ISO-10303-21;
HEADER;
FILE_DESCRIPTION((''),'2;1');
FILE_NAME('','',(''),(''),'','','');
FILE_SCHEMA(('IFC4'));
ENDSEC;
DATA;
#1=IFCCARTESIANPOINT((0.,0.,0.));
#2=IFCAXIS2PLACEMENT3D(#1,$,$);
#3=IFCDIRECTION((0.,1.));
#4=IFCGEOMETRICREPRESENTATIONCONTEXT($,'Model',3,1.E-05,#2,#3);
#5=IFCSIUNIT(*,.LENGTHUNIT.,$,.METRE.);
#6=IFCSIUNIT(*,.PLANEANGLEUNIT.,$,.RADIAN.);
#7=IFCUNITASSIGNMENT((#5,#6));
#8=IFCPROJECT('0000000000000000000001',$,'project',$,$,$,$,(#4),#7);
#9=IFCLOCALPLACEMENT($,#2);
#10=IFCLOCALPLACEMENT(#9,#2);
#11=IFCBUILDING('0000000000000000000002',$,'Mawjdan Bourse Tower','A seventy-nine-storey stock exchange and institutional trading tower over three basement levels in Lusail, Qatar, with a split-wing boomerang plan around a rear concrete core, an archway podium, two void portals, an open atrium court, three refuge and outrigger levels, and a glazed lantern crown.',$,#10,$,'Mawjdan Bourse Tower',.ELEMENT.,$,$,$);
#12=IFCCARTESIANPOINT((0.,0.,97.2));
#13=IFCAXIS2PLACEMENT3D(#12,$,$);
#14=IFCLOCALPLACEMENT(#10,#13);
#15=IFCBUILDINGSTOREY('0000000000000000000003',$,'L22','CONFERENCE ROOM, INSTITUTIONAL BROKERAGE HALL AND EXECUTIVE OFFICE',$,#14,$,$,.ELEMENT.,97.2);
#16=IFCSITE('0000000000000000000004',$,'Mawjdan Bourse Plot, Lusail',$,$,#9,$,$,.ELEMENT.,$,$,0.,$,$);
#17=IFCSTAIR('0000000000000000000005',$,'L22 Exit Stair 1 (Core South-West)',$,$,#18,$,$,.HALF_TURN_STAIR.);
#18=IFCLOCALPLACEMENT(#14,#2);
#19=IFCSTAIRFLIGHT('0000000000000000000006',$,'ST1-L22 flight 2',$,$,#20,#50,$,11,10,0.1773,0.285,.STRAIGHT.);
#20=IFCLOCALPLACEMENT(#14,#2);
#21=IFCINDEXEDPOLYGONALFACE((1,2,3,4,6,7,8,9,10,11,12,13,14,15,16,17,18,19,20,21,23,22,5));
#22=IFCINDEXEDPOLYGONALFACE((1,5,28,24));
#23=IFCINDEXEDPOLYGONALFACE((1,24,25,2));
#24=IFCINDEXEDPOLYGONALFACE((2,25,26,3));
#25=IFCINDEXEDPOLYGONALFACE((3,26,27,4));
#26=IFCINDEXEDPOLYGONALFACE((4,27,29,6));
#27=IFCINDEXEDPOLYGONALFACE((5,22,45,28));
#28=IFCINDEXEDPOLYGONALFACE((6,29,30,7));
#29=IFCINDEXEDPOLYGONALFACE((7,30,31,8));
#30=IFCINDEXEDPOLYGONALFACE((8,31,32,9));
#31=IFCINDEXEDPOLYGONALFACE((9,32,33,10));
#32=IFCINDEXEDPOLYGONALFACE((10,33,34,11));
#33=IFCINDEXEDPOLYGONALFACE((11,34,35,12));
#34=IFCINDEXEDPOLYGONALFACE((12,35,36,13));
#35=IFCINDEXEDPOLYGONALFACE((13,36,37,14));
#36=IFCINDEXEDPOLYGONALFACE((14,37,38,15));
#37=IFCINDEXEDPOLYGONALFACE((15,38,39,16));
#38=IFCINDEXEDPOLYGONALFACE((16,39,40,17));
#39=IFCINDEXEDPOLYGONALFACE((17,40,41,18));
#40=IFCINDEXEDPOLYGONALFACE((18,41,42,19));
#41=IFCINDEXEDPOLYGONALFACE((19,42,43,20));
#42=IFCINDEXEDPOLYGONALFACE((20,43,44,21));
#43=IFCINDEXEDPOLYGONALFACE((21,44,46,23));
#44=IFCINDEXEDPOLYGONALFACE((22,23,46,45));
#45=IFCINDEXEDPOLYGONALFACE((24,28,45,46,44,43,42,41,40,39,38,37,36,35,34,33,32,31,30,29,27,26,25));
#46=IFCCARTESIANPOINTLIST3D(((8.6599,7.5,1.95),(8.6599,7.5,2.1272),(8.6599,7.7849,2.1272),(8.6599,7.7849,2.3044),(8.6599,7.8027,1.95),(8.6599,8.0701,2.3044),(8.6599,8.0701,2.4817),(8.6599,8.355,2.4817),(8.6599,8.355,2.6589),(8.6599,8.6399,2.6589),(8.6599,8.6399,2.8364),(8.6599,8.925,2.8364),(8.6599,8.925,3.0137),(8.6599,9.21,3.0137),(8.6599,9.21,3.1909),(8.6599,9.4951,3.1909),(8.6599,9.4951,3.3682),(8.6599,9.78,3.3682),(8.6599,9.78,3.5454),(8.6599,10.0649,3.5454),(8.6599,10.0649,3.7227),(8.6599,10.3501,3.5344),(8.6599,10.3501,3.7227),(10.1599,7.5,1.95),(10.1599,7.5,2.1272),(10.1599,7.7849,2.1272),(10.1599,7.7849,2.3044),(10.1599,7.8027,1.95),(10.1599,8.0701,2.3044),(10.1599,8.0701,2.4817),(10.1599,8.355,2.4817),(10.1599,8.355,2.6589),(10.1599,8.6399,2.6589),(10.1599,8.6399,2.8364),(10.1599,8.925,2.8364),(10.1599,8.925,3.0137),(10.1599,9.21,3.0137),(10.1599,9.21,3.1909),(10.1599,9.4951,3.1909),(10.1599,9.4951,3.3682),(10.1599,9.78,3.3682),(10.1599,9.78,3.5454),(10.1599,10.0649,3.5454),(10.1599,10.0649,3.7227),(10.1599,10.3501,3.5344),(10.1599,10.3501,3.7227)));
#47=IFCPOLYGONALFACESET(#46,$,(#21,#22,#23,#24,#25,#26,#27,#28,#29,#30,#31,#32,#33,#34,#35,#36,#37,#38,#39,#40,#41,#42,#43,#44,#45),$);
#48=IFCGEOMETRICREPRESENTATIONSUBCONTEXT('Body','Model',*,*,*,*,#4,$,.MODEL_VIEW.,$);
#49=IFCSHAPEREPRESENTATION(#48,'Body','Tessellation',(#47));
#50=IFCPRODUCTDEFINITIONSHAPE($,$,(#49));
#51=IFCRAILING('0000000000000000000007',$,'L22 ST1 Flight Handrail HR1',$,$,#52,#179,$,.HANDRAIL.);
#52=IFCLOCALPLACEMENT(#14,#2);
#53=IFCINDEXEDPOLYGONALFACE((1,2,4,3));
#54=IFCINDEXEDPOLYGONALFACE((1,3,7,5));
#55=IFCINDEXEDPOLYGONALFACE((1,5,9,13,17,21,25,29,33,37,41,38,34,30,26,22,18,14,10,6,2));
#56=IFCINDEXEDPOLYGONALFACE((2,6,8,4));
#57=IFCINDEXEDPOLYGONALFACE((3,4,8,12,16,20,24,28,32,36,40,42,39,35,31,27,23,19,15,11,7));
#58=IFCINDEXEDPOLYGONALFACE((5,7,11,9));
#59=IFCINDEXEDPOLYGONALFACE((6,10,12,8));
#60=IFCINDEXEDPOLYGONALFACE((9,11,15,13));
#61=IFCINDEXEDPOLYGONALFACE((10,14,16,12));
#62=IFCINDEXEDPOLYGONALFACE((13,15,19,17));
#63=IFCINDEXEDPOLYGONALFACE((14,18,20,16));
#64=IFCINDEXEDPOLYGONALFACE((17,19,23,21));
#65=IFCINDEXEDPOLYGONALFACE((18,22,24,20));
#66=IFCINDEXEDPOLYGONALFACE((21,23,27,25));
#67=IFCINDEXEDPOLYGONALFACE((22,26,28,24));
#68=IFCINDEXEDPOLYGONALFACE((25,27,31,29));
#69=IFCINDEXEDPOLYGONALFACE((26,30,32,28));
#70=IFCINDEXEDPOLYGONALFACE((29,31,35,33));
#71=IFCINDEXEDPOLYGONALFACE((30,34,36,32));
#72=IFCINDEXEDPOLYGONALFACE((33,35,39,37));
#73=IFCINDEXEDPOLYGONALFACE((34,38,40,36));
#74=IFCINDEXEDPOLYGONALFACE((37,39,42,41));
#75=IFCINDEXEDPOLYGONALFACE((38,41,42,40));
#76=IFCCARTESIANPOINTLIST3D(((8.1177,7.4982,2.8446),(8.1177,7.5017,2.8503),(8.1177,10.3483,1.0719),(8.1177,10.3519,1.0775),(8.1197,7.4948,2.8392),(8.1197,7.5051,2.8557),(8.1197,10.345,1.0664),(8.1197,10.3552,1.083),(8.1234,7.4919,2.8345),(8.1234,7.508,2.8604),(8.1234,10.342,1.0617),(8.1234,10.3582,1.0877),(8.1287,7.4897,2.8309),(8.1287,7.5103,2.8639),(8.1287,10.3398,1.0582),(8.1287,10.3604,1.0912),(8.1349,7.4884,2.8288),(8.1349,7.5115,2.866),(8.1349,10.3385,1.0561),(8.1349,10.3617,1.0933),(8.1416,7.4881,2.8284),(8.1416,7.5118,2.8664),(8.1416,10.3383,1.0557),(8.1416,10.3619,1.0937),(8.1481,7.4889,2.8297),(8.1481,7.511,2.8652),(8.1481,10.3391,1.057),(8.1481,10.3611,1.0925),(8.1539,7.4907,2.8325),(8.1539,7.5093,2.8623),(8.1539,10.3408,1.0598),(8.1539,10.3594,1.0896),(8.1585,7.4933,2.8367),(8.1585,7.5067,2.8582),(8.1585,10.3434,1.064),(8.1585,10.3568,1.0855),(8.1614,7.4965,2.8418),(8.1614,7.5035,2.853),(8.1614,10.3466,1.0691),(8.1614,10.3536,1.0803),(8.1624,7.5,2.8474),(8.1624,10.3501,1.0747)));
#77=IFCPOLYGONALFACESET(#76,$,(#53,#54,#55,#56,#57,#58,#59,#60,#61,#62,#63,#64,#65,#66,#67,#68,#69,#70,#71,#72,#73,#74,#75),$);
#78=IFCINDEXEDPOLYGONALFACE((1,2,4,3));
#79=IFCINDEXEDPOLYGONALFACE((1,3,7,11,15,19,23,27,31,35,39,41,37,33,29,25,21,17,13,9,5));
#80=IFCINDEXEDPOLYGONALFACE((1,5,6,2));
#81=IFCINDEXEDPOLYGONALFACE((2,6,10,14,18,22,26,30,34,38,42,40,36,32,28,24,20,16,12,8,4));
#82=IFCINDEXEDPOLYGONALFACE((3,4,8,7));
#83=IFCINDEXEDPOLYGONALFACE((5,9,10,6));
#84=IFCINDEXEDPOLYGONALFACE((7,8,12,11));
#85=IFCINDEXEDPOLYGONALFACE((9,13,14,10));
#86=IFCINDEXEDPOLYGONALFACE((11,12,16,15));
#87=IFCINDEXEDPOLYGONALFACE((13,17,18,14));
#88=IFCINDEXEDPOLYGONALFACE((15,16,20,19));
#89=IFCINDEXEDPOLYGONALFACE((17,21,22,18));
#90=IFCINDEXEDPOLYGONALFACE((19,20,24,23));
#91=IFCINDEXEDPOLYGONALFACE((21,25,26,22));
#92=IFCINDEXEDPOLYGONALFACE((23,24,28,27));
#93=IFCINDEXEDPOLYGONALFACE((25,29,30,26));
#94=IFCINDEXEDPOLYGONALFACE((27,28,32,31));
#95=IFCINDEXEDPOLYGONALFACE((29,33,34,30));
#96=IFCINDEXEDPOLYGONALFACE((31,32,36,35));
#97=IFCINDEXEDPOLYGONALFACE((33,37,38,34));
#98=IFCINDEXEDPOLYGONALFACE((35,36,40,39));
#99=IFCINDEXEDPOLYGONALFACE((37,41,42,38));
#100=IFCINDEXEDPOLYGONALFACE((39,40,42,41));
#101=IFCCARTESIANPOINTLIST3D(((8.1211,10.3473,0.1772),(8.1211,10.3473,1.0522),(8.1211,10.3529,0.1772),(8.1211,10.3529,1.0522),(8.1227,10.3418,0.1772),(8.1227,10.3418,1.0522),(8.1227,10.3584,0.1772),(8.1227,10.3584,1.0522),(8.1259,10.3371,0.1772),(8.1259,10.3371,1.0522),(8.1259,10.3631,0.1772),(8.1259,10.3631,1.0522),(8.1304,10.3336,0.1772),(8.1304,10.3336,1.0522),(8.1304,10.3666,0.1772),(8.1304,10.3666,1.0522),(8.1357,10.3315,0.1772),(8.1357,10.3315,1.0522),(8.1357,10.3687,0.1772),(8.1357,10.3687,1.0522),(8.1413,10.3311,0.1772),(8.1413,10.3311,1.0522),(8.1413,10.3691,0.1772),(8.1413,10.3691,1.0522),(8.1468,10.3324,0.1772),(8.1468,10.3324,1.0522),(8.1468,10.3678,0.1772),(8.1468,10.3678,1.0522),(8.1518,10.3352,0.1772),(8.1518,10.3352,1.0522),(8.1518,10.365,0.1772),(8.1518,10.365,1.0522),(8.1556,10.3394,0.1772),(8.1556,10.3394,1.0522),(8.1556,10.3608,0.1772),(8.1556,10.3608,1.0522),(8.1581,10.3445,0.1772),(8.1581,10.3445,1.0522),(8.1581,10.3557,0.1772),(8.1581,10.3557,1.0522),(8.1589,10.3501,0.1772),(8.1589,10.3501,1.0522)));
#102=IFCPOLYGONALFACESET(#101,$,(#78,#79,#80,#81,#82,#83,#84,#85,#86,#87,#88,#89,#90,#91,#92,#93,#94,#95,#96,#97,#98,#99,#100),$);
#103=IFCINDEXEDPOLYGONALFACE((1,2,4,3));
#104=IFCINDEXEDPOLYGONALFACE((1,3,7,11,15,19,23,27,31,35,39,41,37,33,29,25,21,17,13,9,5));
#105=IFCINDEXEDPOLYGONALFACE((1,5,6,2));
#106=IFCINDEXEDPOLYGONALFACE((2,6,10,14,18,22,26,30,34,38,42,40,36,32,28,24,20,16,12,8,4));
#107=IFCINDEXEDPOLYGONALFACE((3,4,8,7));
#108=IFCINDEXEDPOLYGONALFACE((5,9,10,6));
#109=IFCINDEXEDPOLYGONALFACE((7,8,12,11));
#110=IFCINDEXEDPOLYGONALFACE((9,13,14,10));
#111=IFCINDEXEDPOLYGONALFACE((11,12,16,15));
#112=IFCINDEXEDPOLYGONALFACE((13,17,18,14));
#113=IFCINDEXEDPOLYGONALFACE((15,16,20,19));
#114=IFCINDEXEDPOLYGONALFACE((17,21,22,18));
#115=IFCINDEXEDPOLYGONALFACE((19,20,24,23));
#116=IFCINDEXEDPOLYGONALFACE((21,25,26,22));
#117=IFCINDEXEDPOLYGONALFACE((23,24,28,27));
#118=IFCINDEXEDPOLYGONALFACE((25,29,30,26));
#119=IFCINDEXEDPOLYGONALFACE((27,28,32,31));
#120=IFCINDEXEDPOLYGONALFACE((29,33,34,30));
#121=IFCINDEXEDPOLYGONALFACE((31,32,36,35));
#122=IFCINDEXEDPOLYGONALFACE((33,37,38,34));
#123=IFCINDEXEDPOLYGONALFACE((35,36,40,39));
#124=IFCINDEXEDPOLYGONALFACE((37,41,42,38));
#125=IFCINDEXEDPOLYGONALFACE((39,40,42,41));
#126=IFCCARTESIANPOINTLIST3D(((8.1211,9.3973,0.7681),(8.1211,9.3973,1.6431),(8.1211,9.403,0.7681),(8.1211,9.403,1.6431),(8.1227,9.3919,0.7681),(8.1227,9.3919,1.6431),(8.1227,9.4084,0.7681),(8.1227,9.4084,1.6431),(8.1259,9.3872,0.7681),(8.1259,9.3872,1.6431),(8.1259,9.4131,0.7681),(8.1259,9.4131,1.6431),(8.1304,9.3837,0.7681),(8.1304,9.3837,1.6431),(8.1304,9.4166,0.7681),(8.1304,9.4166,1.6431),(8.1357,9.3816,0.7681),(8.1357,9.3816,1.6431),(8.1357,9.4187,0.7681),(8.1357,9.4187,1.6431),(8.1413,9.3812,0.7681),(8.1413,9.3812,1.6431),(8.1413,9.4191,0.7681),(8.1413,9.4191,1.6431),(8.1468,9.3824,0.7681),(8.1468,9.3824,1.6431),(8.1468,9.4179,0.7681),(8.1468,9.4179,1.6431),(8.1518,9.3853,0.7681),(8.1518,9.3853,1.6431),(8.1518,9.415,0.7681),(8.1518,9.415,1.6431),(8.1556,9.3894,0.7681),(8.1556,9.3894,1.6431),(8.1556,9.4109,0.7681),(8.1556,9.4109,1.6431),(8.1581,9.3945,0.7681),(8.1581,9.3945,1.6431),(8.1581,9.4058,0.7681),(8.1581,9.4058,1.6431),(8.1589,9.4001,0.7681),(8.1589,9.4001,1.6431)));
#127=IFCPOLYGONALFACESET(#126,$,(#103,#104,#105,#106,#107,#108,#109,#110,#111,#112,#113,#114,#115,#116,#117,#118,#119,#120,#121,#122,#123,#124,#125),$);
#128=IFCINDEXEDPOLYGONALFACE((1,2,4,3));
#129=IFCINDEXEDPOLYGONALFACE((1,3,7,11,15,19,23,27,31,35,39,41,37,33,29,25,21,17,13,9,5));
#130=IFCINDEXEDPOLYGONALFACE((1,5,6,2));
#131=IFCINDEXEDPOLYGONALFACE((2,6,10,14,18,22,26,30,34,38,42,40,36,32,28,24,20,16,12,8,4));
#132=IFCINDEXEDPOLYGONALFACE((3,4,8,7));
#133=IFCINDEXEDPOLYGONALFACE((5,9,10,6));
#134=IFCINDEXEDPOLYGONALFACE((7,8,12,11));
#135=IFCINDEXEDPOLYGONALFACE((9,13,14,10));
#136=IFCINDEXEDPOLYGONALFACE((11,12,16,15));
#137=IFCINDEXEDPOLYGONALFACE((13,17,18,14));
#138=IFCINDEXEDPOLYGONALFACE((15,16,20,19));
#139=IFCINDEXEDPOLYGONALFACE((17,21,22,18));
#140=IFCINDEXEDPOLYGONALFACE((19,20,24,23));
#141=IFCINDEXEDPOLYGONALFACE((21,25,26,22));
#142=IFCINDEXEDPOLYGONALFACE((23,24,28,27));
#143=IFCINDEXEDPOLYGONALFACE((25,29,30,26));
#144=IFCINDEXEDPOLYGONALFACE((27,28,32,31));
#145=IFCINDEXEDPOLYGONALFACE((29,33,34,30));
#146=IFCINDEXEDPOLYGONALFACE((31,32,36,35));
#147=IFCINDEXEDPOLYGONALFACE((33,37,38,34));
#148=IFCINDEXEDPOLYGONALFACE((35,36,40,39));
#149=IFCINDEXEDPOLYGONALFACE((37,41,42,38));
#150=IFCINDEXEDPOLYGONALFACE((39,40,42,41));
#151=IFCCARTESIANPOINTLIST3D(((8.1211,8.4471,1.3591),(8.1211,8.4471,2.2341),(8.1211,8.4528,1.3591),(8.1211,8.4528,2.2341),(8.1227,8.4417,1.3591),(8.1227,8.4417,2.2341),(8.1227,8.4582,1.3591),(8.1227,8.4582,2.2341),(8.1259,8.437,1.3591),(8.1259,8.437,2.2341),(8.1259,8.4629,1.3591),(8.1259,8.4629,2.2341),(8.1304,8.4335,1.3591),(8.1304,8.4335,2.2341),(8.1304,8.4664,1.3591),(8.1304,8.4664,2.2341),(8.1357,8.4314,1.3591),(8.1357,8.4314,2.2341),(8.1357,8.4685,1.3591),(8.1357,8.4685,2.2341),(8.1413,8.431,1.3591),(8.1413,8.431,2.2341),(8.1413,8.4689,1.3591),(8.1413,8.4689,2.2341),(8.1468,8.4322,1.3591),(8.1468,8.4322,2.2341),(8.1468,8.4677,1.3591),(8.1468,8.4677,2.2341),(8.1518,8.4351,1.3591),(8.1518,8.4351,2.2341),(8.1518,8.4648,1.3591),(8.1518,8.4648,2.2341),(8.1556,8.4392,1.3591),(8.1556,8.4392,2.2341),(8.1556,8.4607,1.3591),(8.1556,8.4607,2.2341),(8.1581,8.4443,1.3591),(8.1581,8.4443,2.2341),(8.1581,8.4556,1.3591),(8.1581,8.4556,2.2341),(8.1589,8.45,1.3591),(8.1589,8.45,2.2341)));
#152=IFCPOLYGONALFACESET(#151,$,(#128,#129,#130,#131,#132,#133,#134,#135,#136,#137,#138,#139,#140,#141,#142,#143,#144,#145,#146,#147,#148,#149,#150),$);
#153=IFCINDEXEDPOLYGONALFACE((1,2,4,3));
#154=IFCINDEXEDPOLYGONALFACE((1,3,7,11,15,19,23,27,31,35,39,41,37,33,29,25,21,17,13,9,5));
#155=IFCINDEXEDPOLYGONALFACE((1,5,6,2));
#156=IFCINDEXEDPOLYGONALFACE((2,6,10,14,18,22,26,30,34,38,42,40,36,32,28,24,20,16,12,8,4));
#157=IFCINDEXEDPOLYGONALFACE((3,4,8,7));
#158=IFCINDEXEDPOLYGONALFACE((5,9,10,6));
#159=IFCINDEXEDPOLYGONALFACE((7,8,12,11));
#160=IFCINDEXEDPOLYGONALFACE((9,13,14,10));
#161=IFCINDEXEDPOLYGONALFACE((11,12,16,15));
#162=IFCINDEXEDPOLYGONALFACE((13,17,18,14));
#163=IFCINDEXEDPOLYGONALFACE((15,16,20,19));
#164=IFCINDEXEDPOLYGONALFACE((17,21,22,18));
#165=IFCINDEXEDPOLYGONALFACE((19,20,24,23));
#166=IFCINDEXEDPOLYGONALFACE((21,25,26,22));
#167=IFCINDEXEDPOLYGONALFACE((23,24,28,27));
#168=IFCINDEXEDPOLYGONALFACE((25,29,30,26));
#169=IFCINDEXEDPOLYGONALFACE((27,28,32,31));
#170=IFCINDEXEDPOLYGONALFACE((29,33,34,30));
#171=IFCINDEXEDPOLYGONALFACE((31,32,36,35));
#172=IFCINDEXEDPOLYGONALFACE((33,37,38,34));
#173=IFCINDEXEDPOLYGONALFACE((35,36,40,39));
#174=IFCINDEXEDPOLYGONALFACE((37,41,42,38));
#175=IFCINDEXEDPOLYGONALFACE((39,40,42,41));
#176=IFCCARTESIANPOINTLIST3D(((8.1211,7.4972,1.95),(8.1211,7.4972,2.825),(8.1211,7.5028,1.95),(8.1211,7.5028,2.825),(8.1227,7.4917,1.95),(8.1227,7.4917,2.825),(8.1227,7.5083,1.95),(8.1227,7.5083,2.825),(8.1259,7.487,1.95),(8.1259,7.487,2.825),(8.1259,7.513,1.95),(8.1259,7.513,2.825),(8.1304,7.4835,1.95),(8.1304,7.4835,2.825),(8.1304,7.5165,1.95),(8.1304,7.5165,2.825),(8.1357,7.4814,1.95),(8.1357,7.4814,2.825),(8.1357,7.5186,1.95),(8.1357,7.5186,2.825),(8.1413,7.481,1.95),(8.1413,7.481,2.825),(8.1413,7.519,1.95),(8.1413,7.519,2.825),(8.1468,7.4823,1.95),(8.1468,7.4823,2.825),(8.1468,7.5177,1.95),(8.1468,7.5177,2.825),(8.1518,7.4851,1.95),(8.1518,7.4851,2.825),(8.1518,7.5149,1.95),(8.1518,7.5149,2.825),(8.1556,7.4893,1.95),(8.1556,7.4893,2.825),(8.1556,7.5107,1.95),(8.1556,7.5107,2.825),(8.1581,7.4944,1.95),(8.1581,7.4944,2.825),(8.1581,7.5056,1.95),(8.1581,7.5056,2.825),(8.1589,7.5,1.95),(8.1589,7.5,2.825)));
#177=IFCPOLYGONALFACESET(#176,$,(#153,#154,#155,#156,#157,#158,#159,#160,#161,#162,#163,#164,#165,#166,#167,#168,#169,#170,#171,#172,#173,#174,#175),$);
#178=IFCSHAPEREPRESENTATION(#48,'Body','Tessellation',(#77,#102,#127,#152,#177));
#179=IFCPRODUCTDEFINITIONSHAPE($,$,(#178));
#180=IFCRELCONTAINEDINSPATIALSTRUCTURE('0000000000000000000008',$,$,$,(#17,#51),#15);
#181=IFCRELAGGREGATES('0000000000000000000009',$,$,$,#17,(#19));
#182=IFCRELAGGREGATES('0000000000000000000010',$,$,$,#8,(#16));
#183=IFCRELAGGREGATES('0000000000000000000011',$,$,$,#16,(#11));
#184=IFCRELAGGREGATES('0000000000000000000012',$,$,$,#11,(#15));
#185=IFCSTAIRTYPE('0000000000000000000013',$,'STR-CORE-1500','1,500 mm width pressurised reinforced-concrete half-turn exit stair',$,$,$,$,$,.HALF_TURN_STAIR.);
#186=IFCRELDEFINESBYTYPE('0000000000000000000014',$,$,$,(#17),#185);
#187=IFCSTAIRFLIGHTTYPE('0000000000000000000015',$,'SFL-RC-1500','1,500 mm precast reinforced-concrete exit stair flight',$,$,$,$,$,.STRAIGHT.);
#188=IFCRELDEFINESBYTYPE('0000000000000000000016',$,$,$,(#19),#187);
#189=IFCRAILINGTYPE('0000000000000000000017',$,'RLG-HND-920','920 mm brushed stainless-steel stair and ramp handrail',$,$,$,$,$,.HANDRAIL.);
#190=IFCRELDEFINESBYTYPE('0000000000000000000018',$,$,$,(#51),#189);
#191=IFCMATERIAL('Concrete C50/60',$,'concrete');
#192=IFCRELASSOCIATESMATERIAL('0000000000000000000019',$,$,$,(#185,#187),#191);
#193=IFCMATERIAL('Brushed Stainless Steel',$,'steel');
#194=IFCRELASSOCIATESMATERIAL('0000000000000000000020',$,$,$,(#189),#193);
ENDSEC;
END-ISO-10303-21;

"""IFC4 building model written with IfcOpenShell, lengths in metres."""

from ifc_helpers import new_model, si_unit, direction, frame, origin, origin_2d, place, context, subcontext, project, spatial, polyline, circle, outline, extrude, material, type_object, element, aggregate, save


model = new_model("IFC4")

# Units and contexts
model_context = context("Model", 3, precision=1e-05, world=origin(), true_north=direction((0.0, 1.0)))
body_context = subcontext(model_context, "Body", "Model", "MODEL_VIEW")
ifc_project = project(units=[si_unit("LENGTHUNIT", "METRE"), si_unit("PLANEANGLEUNIT", "RADIAN")], contexts=[model_context])

# Site, building, storey
site_placement = place(None, origin())
site = spatial("IfcSite", under=ifc_project, at=site_placement, Name="Mawjdan Bourse Plot, Lusail", CompositionType="ELEMENT", RefElevation=0.0)
building_placement = place(site_placement, origin())
building = spatial("IfcBuilding", under=site, at=building_placement, Name="Mawjdan Bourse Tower", Description="A seventy-nine-storey stock exchange and institutional trading tower over three basement levels in Lusail, Qatar, with a split-wing boomerang plan around a rear concrete core, an archway podium, two void portals, an open atrium court, three refuge and outrigger levels, and a glazed lantern crown.", LongName="Mawjdan Bourse Tower", CompositionType="ELEMENT")
storey_placement = place(building_placement, frame((0.0, 0.0, 97.2)))
storey = spatial("IfcBuildingStorey", under=building, at=storey_placement, Name="L22", Description="CONFERENCE ROOM, INSTITUTIONAL BROKERAGE HALL AND EXECUTIVE OFFICE", CompositionType="ELEMENT", Elevation=97.2)

# Shared definitions
ifc_material_1 = material(Name="Concrete C50/60", Category="concrete")

# Shared definitions
ifc_material_2 = material(Name="Brushed Stainless Steel", Category="steel")

# Stair, stair flight
stair_type = type_object("IfcStairType", Name="STR-CORE-1500", Description="1,500 mm width pressurised reinforced-concrete half-turn exit stair", PredefinedType="HALF_TURN_STAIR", material=ifc_material_1)
stair_placement = place(storey_placement, origin())
stair = element("IfcStair", 1, at=stair_placement, inside=storey, type_object=stair_type, Name="L22 Exit Stair 1 (Core South-West)", PredefinedType="HALF_TURN_STAIR")
stair_flight_type = type_object("IfcStairFlightType", Name="SFL-RC-1500", Description="1,500 mm precast reinforced-concrete exit stair flight", PredefinedType="STRAIGHT", material=ifc_material_1)
stair_flight_placement = place(storey_placement, frame((9.4099, 7.5, 1.95), z_axis=(0.0, 0.0, 1.0), x_axis=(0.0, 1.0, 0.0)))
stair_flight = element("IfcStairFlight", 2, at=stair_flight_placement, type_object=stair_flight_type, Name="ST1-L22 flight 2", NumberOfRisers=11, NumberOfTreads=10, PredefinedType="STRAIGHT", RiserHeight=0.1773, TreadLength=0.285, context=body_context, shape_type="SweptSolid", body=[
    extrude(outline(polyline([(0.0, 0.0), (0.0, 0.1772), (0.2849, 0.1772), (0.2849, 0.3545), (0.5701, 0.3545), (0.5701, 0.5317), (0.855, 0.5317), (0.855, 0.709), (1.1399, 0.709), (1.1399, 0.8865), (1.425, 0.8865), (1.425, 1.0637), (1.71, 1.0637), (1.71, 1.241), (1.9951, 1.241), (1.9951, 1.4182), (2.28, 1.4182), (2.28, 1.5955), (2.5649, 1.5955), (2.5649, 1.7727), (2.8501, 1.7727), (2.8501, 1.95), (2.8501, 1.5845), (0.3027, 0.0), (0.0, 0.0)])), frame((0.0, 0.75, 0.0), z_axis=(0.0, -1.0, 0.0), x_axis=(1.0, 0.0, 0.0)), (0.0, 0.0, 1.0), 1.5),
])
aggregate(stair, [stair_flight])

# Railing
railing_type = type_object("IfcRailingType", Name="RLG-HND-920", Description="920 mm brushed stainless-steel stair and ramp handrail", PredefinedType="HANDRAIL", material=ifc_material_2)
railing_1_placement = place(storey_placement, frame((8.1399, 10.3501, 0.1772)))
element("IfcRailing", 3, at=railing_1_placement, inside=storey, type_object=railing_type, Name="L22 ST1 Flight Handrail HR1", PredefinedType="HANDRAIL", context=body_context, shape_type="SweptSolid", body=[
    extrude(circle(Radius=0.0225, at=origin_2d()), frame((0.0, 0.0, 0.8975), z_axis=(0.0, -0.849149, 0.528154), x_axis=(1.0, 0.0, 0.0)), (0.0, 0.0, 1.0), 3.3564),
    extrude(circle(Radius=0.019, at=origin_2d()), origin(), (0.0, 0.0, 1.0), 0.875),
    extrude(circle(Radius=0.019, at=origin_2d()), frame((0.0, -0.95, 0.5908)), (0.0, 0.0, 1.0), 0.875),
    extrude(circle(Radius=0.019, at=origin_2d()), frame((0.0, -1.9001, 1.1819)), (0.0, 0.0, 1.0), 0.875),
    extrude(circle(Radius=0.019, at=origin_2d()), frame((0.0, -2.8501, 1.7727)), (0.0, 0.0, 1.0), 0.875),
])

save(model, "model.ifc")
